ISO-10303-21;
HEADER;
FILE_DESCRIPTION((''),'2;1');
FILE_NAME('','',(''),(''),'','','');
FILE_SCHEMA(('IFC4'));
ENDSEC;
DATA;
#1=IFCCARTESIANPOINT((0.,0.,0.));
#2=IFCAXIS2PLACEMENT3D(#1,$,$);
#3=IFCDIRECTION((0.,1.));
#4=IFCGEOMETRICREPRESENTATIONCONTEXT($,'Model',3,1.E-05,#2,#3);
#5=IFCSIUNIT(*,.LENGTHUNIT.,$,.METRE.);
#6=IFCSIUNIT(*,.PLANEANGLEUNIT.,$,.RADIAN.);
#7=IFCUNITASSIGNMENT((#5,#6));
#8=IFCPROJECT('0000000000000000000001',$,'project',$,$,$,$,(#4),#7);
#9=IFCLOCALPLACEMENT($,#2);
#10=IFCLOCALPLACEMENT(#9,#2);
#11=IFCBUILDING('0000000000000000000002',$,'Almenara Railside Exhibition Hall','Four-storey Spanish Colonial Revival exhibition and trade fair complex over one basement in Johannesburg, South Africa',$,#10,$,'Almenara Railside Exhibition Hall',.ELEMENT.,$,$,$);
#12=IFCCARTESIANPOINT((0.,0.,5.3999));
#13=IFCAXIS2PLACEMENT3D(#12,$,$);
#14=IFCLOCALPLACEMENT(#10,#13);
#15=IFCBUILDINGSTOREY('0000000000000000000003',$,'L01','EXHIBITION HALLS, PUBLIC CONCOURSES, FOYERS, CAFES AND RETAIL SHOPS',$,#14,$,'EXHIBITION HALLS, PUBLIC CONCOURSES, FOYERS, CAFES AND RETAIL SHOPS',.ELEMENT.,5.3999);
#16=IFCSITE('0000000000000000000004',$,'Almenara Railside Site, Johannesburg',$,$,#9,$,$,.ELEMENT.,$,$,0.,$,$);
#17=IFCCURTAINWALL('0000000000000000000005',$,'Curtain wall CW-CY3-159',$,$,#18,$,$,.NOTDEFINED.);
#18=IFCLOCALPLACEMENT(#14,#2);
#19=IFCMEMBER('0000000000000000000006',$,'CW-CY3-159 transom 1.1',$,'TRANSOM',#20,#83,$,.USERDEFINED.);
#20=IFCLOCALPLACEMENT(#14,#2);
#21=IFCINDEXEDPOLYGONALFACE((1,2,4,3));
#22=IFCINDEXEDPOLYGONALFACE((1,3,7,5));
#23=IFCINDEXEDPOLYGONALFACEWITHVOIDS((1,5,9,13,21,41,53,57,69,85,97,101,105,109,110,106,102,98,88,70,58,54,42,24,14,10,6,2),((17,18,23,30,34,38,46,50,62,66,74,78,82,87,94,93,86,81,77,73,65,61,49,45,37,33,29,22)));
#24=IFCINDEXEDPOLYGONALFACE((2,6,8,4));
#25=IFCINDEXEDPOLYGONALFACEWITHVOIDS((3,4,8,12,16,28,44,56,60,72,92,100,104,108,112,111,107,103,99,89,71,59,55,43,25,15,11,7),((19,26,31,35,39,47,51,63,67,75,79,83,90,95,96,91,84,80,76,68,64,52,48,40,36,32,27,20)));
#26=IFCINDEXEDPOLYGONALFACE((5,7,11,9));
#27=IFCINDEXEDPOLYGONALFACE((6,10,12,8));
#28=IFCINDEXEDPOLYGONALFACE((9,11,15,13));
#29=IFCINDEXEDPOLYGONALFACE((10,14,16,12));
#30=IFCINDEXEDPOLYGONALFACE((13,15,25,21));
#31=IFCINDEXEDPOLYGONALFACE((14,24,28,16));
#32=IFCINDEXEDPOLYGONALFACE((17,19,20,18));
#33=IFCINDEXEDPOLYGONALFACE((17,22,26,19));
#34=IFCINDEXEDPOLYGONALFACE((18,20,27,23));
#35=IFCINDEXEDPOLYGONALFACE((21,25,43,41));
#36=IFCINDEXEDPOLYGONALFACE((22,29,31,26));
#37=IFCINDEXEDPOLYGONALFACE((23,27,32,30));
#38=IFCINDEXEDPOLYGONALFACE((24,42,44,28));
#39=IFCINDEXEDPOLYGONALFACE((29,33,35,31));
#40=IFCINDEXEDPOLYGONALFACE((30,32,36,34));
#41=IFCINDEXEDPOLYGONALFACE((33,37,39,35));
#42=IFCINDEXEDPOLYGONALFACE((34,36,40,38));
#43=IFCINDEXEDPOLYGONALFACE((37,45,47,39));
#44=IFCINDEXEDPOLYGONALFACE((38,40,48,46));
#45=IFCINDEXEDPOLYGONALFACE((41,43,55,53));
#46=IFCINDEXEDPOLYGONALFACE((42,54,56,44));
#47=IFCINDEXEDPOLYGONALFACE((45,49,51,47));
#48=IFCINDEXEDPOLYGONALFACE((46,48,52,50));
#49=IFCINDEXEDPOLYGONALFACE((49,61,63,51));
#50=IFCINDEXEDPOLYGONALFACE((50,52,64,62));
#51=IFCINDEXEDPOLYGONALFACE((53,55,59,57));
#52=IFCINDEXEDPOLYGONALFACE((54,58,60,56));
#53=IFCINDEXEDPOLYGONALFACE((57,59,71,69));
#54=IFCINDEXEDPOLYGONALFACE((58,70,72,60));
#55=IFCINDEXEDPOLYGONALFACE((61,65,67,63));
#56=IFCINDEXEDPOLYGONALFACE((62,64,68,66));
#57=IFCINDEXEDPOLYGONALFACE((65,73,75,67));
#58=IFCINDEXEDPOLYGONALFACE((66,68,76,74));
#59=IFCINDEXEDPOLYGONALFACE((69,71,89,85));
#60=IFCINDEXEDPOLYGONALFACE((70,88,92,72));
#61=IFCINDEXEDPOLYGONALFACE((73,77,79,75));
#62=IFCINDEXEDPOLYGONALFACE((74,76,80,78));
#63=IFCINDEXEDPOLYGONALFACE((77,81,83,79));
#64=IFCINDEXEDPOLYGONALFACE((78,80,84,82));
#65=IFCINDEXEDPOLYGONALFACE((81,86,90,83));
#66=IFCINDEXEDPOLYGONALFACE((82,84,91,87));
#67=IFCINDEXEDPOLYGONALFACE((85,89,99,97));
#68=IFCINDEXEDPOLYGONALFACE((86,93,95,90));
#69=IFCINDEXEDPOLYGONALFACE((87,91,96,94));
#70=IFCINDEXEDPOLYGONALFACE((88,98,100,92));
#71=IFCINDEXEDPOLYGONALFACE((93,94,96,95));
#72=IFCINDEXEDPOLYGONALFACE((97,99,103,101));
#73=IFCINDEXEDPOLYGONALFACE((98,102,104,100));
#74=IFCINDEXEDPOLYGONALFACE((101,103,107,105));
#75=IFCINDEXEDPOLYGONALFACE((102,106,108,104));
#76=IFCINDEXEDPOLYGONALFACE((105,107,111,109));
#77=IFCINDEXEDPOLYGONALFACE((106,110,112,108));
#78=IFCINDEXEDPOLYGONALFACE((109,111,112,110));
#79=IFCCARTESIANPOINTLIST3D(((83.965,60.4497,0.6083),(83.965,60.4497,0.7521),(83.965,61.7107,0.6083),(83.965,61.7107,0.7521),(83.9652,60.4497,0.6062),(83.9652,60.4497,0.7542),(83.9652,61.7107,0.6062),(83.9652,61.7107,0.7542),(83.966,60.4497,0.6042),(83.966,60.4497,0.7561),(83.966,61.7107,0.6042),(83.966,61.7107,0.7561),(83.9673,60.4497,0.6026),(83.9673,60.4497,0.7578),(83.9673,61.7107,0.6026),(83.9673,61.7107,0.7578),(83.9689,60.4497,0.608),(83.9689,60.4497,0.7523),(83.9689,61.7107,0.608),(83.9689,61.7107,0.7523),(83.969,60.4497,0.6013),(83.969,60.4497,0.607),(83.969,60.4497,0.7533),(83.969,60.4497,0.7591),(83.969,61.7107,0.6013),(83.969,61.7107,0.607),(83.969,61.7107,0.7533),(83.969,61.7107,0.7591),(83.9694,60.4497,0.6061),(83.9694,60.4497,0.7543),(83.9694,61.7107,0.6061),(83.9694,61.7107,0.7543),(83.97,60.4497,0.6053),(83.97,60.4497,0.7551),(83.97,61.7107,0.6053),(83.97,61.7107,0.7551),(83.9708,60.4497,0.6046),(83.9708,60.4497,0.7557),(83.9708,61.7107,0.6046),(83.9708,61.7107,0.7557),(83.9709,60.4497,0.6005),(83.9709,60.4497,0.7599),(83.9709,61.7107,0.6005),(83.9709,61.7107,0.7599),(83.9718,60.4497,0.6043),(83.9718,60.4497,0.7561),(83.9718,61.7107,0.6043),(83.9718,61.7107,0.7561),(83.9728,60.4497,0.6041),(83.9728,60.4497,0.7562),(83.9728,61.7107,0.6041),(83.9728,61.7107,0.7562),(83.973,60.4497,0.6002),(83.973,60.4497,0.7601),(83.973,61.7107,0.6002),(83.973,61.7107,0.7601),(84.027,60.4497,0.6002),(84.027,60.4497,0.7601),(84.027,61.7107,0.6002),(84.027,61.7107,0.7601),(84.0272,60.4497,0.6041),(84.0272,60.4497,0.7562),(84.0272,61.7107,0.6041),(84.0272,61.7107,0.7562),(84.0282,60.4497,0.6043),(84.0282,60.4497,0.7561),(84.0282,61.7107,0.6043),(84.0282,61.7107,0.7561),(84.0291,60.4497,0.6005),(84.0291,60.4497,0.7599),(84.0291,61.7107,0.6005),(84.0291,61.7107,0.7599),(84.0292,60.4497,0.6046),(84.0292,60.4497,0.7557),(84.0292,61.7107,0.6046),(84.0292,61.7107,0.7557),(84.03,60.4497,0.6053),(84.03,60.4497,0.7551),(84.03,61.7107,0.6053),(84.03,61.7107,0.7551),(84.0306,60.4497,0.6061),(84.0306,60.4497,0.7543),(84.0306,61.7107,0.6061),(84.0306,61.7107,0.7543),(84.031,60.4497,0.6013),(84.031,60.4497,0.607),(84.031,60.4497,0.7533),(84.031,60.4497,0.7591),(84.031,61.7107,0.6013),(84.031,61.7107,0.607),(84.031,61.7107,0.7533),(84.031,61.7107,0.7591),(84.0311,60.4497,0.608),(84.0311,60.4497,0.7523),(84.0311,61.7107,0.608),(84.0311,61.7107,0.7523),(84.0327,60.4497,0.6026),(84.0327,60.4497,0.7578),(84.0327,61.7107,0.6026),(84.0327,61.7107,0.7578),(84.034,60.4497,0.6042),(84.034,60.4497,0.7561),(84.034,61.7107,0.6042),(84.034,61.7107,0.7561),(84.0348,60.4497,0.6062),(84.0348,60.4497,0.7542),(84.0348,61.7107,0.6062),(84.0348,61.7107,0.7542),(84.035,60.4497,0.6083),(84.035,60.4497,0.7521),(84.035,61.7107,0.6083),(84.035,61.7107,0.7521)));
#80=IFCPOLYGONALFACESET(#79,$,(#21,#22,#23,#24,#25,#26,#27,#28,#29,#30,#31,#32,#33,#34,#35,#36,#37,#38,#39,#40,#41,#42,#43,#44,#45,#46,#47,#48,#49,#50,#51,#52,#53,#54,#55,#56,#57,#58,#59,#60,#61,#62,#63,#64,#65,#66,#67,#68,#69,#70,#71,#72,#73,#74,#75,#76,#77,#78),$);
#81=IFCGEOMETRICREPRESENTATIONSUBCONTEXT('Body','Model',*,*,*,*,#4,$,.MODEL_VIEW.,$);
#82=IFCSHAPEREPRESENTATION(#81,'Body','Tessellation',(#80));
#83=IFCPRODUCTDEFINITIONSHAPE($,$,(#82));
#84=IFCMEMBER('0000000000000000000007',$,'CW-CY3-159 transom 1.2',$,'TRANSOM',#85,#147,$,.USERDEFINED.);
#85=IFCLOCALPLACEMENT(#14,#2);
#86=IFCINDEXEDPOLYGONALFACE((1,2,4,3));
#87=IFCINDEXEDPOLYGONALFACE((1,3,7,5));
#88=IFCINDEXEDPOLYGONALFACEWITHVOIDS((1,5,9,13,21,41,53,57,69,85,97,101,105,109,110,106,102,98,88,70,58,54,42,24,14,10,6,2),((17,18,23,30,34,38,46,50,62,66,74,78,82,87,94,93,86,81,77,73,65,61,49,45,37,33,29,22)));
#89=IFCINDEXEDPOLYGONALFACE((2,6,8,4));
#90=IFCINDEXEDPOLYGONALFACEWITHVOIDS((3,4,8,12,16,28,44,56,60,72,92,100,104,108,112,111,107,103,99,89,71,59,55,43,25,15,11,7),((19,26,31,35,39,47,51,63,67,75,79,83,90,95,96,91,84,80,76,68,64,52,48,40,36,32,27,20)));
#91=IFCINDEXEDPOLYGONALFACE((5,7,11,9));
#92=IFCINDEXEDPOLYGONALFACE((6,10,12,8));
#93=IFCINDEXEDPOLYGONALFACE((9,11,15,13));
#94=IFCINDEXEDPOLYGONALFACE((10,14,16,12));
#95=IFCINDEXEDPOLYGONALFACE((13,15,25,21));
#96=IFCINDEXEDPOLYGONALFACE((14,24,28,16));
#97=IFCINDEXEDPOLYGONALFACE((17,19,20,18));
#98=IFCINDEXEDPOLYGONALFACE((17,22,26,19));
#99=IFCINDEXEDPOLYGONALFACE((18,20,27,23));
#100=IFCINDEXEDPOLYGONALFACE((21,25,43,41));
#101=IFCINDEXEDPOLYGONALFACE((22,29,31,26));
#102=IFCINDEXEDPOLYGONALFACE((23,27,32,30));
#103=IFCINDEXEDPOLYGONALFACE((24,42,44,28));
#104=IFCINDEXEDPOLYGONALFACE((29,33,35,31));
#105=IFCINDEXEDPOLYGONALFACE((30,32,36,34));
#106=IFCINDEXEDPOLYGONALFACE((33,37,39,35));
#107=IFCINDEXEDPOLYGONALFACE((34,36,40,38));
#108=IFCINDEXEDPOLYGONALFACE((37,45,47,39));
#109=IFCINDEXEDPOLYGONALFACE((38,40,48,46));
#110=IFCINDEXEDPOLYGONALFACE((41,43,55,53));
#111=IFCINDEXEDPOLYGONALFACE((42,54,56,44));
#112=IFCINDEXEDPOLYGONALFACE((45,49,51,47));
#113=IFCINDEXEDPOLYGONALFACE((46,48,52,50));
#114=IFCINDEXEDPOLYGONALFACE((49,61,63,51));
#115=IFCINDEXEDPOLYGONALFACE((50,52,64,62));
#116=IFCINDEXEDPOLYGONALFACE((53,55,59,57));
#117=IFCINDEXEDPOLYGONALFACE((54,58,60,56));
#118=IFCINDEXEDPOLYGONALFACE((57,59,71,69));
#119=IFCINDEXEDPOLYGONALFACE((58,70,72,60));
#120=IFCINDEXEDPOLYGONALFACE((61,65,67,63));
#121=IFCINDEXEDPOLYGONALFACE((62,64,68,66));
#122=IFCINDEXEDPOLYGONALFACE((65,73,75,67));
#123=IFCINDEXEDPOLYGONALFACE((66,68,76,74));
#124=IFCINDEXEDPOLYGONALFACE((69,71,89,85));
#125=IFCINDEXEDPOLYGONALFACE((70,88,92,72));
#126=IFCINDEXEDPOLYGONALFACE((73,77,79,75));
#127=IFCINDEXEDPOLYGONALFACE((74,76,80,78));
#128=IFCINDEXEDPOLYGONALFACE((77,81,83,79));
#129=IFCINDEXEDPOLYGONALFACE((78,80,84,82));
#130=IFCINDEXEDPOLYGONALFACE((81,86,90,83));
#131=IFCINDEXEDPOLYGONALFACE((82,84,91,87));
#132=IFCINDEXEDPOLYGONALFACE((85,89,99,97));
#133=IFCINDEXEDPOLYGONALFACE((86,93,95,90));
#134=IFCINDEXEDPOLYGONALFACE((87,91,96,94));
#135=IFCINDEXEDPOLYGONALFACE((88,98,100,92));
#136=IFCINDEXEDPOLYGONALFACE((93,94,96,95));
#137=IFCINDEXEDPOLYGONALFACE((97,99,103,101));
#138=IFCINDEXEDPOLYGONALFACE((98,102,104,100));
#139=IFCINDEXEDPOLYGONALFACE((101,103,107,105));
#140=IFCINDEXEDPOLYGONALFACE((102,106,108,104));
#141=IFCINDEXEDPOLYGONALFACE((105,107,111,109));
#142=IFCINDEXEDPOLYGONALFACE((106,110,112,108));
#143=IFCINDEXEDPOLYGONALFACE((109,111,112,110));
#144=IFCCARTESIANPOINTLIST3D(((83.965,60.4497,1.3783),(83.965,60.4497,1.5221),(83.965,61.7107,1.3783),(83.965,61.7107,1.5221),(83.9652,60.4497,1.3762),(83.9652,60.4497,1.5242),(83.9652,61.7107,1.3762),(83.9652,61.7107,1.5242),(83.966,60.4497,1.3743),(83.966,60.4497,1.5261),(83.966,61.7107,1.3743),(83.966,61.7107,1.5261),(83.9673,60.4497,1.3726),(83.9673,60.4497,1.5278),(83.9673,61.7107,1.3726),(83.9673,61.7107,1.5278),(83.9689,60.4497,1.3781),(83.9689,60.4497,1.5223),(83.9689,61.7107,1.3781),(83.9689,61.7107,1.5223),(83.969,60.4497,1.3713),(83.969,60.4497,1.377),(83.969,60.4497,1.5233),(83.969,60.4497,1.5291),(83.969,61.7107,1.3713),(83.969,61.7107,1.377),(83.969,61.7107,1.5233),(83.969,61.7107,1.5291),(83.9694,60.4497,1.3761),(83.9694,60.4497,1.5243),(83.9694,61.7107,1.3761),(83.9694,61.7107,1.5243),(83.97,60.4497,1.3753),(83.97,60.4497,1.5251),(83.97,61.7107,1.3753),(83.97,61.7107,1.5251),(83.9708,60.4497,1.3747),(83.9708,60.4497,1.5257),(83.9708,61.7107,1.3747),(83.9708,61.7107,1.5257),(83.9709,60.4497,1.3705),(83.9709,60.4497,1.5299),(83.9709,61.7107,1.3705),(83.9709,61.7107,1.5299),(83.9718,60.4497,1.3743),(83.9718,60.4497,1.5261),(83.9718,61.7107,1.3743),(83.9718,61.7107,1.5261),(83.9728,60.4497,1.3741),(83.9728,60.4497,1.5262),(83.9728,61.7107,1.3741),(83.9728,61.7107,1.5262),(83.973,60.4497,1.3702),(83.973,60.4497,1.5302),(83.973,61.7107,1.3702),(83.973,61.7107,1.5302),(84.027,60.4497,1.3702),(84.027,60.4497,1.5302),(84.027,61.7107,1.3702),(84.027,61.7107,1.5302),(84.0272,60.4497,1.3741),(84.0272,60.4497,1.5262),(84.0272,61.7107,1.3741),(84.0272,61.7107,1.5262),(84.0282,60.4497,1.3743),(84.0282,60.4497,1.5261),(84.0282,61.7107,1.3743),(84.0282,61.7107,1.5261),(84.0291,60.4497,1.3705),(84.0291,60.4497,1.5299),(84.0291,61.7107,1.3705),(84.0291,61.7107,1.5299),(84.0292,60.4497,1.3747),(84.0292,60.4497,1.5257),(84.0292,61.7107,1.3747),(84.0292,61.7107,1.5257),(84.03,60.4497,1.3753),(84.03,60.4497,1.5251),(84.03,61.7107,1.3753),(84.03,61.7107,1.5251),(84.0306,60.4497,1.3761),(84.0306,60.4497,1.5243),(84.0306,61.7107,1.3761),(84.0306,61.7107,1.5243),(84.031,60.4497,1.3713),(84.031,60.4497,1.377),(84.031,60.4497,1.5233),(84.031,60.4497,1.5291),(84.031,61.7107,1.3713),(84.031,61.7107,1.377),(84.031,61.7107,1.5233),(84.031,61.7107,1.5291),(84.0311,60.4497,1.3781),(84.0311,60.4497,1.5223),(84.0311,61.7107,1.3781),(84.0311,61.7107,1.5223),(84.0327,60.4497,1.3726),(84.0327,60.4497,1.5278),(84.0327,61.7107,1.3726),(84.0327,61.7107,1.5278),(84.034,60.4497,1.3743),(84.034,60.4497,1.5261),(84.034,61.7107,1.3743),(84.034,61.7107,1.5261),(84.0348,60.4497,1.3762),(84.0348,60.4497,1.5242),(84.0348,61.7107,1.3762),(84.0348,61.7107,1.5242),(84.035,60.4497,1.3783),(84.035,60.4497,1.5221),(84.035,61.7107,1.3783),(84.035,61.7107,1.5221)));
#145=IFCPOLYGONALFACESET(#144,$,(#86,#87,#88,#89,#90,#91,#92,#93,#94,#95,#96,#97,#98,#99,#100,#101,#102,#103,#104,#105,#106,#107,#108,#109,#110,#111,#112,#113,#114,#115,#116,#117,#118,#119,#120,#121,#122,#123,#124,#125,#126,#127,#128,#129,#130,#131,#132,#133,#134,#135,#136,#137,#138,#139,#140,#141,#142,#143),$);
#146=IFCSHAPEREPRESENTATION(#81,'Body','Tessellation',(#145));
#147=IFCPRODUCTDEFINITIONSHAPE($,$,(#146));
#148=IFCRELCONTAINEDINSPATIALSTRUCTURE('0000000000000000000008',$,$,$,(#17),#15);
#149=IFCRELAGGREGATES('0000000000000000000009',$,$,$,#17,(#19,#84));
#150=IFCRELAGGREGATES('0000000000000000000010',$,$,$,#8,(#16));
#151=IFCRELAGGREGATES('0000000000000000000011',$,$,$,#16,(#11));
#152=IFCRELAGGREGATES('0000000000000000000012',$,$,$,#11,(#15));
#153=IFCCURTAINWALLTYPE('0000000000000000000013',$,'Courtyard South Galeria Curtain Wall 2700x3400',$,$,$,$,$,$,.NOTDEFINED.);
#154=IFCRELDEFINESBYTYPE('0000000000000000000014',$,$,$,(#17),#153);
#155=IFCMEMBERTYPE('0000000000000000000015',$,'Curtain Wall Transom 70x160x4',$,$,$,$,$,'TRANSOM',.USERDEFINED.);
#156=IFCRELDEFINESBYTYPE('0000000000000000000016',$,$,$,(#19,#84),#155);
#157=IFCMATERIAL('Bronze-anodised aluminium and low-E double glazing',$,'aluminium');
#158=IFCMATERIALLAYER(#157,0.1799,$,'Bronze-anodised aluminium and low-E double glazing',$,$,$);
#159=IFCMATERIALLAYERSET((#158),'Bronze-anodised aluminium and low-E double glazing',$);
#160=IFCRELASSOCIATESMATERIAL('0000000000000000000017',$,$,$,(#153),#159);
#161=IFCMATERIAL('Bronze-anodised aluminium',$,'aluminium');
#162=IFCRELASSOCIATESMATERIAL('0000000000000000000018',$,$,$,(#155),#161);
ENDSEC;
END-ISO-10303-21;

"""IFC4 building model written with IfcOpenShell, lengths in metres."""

from ifc_helpers import new_model, si_unit, direction, frame, origin, origin_2d, place, context, subcontext, project, spatial, hollow_rectangle, extrude, material, layer, layer_set, material_profile, profile_set, type_object, element, aggregate, save


model = new_model("IFC4")

# Units and contexts
model_context = context("Model", 3, precision=1e-05, world=origin(), true_north=direction((0.0, 1.0)))
body_context = subcontext(model_context, "Body", "Model", "MODEL_VIEW")
ifc_project = project(units=[si_unit("LENGTHUNIT", "METRE"), si_unit("PLANEANGLEUNIT", "RADIAN")], contexts=[model_context])

# Site, building, storey
site_placement = place(None, origin())
site = spatial("IfcSite", under=ifc_project, at=site_placement, Name="Almenara Railside Site, Johannesburg", CompositionType="ELEMENT", RefElevation=0.0)
building_placement = place(site_placement, origin())
building = spatial("IfcBuilding", under=site, at=building_placement, Name="Almenara Railside Exhibition Hall", Description="Four-storey Spanish Colonial Revival exhibition and trade fair complex over one basement in Johannesburg, South Africa", LongName="Almenara Railside Exhibition Hall", CompositionType="ELEMENT")
storey_placement = place(building_placement, frame((0.0, 0.0, 5.3999)))
storey = spatial("IfcBuildingStorey", under=building, at=storey_placement, Name="L01", Description="EXHIBITION HALLS, PUBLIC CONCOURSES, FOYERS, CAFES AND RETAIL SHOPS", LongName="EXHIBITION HALLS, PUBLIC CONCOURSES, FOYERS, CAFES AND RETAIL SHOPS", CompositionType="ELEMENT", Elevation=5.3999)

# Shared definitions
ifc_material_1 = material(Name="Bronze-anodised aluminium and low-E double glazing", Category="aluminium")
ifc_layer_1 = layer(ifc_material_1, 0.1799, Name="Bronze-anodised aluminium and low-E double glazing")
ifc_layer_set_1 = layer_set([ifc_layer_1], Name="Bronze-anodised aluminium and low-E double glazing")
curtain_wall_type_1 = type_object("IfcCurtainWallType", Name="Courtyard South Galeria Curtain Wall 2700x3400", PredefinedType="NOTDEFINED", material=ifc_layer_set_1)
ifc_material_2 = material(Name="Bronze-anodised aluminium", Category="aluminium")

# Curtain wall
curtain_wall_1_placement = place(storey_placement, origin())
curtain_wall_1 = element("IfcCurtainWall", 1, at=curtain_wall_1_placement, inside=storey, type_object=curtain_wall_type_1, Name="Curtain wall CW-CY3-159", PredefinedType="NOTDEFINED")

# Members
ifc_material_profile_1 = material_profile(ifc_material_2, hollow_rectangle(XDim=0.0701, YDim=0.1599, WallThickness=0.0039, InnerFilletRadius=0.0039, OuterFilletRadius=0.0081, at=origin_2d()), Name="ALU-TRN 70x160x4")
ifc_profile_set_1 = profile_set([ifc_material_profile_1], Name="Bronze-anodised aluminium")
member_type_1 = type_object("IfcMemberType", Name="Curtain Wall Transom 70x160x4", ElementType="TRANSOM", PredefinedType="USERDEFINED", material=ifc_profile_set_1)
member_1_placement = place(storey_placement, frame((84.0, 61.7107, 0.6802), z_axis=(0.0, -1.0, 0.0), x_axis=(1.0, 0.0, 0.0)))
member_1 = element("IfcMember", 2, at=member_1_placement, type_object=member_type_1, Name="CW-CY3-159 transom 1.1", ObjectType="TRANSOM", PredefinedType="USERDEFINED", context=body_context, shape_type="SweptSolid", body=[
    extrude(hollow_rectangle(XDim=0.0701, YDim=0.1599, WallThickness=0.0039, InnerFilletRadius=0.0039, OuterFilletRadius=0.0081, at=origin_2d()), origin(), (0.0, 0.0, 1.0), 1.261),
])
member_2_placement = place(storey_placement, frame((84.0, 61.7107, 1.4502), z_axis=(0.0, -1.0, 0.0), x_axis=(1.0, 0.0, 0.0)))
member_2 = element("IfcMember", 3, at=member_2_placement, type_object=member_type_1, Name="CW-CY3-159 transom 1.2", ObjectType="TRANSOM", PredefinedType="USERDEFINED", context=body_context, shape_type="SweptSolid", body=[
    extrude(hollow_rectangle(XDim=0.0701, YDim=0.1599, WallThickness=0.0039, InnerFilletRadius=0.0039, OuterFilletRadius=0.0081, at=origin_2d()), origin(), (0.0, 0.0, 1.0), 1.261),
])

aggregate(curtain_wall_1, [member_1, member_2])

save(model, "model.ifc")
